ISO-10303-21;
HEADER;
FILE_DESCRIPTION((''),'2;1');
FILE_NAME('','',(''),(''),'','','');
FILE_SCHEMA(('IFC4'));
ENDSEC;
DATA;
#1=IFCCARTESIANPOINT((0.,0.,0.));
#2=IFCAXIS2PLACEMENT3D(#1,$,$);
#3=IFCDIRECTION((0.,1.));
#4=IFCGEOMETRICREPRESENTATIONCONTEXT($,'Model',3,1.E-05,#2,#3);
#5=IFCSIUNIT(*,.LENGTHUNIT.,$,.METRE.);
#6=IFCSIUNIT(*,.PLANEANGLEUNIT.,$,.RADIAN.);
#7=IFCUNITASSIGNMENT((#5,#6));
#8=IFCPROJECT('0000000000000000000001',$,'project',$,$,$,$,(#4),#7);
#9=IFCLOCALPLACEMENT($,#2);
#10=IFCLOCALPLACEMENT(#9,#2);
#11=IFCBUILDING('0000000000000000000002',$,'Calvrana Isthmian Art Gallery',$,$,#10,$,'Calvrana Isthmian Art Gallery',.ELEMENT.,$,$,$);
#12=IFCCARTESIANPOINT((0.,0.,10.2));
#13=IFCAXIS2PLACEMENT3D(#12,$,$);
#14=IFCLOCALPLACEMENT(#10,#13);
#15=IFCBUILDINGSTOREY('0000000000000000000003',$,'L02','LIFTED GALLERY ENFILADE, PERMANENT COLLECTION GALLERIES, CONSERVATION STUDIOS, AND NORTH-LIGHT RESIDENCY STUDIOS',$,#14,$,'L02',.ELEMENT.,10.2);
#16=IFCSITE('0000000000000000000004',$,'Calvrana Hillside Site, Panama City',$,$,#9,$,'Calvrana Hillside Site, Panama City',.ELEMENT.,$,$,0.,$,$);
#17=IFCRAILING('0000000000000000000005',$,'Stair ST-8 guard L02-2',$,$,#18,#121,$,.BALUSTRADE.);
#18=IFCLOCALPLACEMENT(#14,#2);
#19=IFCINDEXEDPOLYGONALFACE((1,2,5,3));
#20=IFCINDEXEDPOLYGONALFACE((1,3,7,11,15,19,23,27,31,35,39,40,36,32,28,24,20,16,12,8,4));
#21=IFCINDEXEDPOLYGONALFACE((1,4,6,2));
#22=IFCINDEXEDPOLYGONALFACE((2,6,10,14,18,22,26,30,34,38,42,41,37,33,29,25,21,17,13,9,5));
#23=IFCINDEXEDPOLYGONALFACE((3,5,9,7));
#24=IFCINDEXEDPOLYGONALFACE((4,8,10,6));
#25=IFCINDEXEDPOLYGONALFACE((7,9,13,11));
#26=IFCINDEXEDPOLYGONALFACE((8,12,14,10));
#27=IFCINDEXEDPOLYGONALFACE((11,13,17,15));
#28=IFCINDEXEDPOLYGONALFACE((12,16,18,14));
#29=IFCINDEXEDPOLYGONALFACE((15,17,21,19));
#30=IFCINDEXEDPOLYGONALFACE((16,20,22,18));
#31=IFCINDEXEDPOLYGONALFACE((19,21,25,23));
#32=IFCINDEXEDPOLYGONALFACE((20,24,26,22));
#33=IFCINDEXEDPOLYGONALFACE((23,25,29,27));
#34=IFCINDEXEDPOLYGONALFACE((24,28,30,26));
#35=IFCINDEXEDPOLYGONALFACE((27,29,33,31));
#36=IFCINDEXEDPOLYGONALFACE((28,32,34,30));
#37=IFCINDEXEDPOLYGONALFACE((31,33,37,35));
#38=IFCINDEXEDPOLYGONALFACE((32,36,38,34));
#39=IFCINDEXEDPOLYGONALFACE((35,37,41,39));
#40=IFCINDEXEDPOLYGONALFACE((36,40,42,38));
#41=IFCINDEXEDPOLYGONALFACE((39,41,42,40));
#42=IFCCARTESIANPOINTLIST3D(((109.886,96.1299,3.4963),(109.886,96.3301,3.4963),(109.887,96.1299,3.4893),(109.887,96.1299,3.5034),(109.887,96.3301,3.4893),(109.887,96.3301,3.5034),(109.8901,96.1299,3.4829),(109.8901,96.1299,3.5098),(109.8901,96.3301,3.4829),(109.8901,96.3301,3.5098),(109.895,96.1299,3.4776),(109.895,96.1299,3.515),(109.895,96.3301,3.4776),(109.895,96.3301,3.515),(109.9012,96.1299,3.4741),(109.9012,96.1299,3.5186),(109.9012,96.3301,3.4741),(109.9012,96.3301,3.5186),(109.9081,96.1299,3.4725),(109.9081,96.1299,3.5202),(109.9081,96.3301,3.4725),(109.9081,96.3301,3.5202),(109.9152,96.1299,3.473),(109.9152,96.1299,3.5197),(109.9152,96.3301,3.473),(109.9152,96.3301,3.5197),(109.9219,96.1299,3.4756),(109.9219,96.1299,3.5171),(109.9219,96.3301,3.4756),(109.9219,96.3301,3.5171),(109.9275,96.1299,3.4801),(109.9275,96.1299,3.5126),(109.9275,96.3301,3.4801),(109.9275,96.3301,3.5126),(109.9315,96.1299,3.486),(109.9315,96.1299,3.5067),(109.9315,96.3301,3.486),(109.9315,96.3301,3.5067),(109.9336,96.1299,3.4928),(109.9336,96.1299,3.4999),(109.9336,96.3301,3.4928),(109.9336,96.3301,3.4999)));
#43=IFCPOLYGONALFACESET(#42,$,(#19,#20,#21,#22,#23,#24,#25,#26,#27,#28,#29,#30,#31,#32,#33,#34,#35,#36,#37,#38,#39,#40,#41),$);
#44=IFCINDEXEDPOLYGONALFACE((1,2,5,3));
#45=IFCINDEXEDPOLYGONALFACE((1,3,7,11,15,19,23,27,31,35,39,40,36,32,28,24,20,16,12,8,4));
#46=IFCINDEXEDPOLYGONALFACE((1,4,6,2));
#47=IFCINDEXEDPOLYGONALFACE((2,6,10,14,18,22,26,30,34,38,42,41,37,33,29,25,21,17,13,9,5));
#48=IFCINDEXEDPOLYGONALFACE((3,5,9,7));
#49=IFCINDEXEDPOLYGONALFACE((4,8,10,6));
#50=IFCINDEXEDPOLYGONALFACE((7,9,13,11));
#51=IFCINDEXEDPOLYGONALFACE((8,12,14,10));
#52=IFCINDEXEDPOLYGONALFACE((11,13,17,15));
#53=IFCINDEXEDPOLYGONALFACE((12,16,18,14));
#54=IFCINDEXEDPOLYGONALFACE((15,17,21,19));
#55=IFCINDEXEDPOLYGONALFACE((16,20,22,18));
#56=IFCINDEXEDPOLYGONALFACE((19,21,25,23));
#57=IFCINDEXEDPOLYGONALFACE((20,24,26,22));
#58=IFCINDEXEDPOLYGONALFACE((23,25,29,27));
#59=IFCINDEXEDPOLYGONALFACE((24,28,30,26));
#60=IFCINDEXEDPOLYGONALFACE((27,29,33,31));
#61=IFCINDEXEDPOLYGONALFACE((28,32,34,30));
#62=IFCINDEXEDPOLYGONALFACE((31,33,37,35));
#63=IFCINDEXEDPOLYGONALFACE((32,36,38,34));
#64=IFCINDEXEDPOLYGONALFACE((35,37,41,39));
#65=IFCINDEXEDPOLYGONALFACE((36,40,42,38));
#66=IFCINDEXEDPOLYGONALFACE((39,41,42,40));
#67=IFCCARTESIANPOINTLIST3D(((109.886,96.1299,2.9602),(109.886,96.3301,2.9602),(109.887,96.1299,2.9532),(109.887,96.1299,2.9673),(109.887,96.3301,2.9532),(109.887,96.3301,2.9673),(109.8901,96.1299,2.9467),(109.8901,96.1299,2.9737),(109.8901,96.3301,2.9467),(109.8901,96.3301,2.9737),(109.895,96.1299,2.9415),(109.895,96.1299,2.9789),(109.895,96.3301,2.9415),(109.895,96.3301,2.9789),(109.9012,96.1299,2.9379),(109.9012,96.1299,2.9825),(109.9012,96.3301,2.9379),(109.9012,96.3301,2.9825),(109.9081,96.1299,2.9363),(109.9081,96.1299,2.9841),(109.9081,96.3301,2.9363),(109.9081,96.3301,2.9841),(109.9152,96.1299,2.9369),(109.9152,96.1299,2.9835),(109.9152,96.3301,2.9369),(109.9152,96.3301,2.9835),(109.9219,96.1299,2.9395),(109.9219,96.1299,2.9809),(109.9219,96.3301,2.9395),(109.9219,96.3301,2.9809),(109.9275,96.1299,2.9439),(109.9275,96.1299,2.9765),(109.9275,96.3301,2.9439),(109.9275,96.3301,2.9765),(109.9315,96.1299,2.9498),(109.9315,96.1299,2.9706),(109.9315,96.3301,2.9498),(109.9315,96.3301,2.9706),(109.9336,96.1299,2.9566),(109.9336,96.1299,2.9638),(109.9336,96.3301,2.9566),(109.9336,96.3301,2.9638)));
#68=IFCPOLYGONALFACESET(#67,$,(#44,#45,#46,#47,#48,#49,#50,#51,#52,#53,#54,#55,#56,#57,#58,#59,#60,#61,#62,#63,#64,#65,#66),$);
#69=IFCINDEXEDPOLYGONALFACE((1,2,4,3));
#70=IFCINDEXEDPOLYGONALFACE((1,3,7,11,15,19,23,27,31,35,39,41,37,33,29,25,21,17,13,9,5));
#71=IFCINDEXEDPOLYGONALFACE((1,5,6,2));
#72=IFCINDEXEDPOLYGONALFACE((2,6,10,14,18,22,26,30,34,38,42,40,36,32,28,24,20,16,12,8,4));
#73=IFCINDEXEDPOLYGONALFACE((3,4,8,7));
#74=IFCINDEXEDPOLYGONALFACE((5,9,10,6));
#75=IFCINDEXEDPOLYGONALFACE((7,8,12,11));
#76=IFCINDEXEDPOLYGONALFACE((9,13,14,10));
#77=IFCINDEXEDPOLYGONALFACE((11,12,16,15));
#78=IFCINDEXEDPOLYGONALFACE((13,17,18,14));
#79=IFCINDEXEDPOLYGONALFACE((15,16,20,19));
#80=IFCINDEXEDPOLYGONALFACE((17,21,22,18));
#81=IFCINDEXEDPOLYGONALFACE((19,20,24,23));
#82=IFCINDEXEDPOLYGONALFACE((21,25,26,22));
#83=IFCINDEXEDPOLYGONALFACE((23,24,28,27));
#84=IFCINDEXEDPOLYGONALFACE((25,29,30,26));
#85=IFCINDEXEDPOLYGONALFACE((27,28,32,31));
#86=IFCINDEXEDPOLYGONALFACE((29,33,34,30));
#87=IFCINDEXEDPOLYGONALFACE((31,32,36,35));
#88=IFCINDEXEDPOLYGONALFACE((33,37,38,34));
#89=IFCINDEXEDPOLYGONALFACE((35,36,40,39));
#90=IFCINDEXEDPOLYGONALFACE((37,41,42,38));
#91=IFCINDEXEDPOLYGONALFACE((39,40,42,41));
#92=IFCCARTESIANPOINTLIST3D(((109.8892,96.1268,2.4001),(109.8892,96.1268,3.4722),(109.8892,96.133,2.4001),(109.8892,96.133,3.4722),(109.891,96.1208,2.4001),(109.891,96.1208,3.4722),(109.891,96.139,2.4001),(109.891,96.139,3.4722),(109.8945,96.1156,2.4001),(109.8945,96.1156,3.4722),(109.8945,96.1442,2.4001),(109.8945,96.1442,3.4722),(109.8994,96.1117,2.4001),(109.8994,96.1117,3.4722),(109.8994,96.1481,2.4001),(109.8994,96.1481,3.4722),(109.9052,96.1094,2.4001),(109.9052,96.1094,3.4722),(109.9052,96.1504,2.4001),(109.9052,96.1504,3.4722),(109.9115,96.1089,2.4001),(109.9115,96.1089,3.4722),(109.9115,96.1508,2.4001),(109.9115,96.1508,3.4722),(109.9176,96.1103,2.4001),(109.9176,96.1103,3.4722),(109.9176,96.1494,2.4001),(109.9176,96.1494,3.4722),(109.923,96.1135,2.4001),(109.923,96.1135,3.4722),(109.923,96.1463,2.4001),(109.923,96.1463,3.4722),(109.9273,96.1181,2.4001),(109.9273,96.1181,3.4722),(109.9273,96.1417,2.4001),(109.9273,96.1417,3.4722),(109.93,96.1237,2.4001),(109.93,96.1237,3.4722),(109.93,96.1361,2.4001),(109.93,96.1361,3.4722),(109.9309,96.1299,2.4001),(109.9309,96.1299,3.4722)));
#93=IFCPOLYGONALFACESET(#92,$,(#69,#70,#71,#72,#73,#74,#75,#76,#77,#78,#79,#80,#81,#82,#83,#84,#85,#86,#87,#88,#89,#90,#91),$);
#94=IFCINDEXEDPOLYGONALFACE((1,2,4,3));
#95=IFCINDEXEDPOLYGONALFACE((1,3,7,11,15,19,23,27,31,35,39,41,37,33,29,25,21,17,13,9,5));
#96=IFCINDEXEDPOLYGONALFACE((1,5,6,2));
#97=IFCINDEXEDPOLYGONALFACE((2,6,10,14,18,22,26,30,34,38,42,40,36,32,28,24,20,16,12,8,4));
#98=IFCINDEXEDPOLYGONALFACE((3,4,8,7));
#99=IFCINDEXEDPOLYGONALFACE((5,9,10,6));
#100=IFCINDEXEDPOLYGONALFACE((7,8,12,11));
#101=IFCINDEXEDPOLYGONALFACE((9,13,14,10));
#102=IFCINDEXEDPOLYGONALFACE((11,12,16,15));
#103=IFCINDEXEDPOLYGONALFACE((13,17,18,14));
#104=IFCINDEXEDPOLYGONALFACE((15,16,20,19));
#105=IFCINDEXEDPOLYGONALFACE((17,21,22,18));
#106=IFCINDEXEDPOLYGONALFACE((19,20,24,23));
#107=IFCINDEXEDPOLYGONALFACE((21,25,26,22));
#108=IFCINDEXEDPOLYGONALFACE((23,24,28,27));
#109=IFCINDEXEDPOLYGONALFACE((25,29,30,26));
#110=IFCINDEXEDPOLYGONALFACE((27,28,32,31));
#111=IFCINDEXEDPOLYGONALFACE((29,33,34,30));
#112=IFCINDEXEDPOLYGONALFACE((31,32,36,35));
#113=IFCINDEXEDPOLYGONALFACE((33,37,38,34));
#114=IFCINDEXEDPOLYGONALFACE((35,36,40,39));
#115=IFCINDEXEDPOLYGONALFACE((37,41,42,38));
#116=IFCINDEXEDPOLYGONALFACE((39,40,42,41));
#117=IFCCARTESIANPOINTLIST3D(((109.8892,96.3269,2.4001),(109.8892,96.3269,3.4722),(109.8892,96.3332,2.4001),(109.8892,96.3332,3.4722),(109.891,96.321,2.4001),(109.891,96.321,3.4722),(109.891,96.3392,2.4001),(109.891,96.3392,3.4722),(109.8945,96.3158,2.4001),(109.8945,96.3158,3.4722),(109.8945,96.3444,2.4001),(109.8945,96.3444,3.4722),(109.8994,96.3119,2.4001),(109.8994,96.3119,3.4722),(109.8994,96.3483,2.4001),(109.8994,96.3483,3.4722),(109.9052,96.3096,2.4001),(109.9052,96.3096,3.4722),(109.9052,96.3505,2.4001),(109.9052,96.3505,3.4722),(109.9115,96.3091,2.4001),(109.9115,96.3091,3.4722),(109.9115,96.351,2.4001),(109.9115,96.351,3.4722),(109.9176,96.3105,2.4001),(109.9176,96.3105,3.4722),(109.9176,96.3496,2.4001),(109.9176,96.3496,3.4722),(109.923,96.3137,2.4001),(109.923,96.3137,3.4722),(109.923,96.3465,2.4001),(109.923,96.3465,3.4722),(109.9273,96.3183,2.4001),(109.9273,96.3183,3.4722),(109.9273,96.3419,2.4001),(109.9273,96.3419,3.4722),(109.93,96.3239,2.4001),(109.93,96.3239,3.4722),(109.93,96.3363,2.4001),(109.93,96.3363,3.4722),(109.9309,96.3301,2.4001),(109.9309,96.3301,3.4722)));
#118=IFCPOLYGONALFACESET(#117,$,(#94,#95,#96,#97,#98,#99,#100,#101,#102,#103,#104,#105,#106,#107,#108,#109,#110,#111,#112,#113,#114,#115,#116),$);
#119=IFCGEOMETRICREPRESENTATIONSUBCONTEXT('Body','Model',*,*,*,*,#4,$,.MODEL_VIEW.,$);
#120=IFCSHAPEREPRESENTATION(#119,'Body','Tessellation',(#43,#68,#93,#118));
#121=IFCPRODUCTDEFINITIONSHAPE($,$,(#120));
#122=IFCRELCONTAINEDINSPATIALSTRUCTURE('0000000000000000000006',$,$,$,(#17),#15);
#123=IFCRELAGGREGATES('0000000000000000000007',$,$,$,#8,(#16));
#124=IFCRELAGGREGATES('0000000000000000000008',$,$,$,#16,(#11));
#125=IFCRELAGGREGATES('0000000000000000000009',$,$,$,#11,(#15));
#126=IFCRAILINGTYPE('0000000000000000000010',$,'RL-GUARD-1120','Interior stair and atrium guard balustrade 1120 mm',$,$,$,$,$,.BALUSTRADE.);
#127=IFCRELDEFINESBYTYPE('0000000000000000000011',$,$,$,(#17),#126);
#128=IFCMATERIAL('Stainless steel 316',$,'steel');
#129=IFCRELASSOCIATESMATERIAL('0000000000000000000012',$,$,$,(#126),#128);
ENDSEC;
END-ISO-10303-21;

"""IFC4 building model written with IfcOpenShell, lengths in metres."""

from ifc_helpers import new_model, si_unit, direction, frame, origin, origin_2d, place, context, subcontext, project, spatial, circle, extrude, material, type_object, element, save


model = new_model("IFC4")

# Units and contexts
model_context = context("Model", 3, precision=1e-05, world=origin(), true_north=direction((0.0, 1.0)))
body_context = subcontext(model_context, "Body", "Model", "MODEL_VIEW")
ifc_project = project(units=[si_unit("LENGTHUNIT", "METRE"), si_unit("PLANEANGLEUNIT", "RADIAN")], contexts=[model_context])

# Site, building, storey
site_placement = place(None, origin())
site = spatial("IfcSite", under=ifc_project, at=site_placement, Name="Calvrana Hillside Site, Panama City", LongName="Calvrana Hillside Site, Panama City", CompositionType="ELEMENT", RefElevation=0.0)
building_placement = place(site_placement, origin())
building = spatial("IfcBuilding", under=site, at=building_placement, Name="Calvrana Isthmian Art Gallery", LongName="Calvrana Isthmian Art Gallery", CompositionType="ELEMENT")
storey_placement = place(building_placement, frame((0.0, 0.0, 10.2)))
storey = spatial("IfcBuildingStorey", under=building, at=storey_placement, Name="L02", Description="LIFTED GALLERY ENFILADE, PERMANENT COLLECTION GALLERIES, CONSERVATION STUDIOS, AND NORTH-LIGHT RESIDENCY STUDIOS", LongName="L02", CompositionType="ELEMENT", Elevation=10.2)

# Railing
ifc_material_1 = material(Name="Stainless steel 316", Category="steel")
railing_type_1 = type_object("IfcRailingType", Name="RL-GUARD-1120", Description="Interior stair and atrium guard balustrade 1120 mm", PredefinedType="BALUSTRADE", material=ifc_material_1)
railing_1_placement = place(storey_placement, frame((109.9099, 96.1299, 2.4001)))
element("IfcRailing", 1, at=railing_1_placement, inside=storey, type_object=railing_type_1, Name="Stair ST-8 guard L02-2", PredefinedType="BALUSTRADE", context=body_context, shape_type="SweptSolid", body=[
    extrude(circle(Radius=0.0239, at=origin_2d()), frame((0.0, 0.0, 1.0962), z_axis=(0.0, 1.0, 0.0), x_axis=(-1.0, 0.0, 0.0)), (0.0, 0.0, 1.0), 0.2002),
    extrude(circle(Radius=0.0239, at=origin_2d()), frame((0.0, 0.0, 0.5601), z_axis=(0.0, 1.0, 0.0), x_axis=(-1.0, 0.0, 0.0)), (0.0, 0.0, 1.0), 0.2002),
    extrude(circle(Radius=0.021, at=origin_2d()), origin(), (0.0, 0.0, 1.0), 1.072),
    extrude(circle(Radius=0.021, at=origin_2d()), frame((0.0, 0.2002, 0.0)), (0.0, 0.0, 1.0), 1.072),
])

save(model, "model.ifc")
